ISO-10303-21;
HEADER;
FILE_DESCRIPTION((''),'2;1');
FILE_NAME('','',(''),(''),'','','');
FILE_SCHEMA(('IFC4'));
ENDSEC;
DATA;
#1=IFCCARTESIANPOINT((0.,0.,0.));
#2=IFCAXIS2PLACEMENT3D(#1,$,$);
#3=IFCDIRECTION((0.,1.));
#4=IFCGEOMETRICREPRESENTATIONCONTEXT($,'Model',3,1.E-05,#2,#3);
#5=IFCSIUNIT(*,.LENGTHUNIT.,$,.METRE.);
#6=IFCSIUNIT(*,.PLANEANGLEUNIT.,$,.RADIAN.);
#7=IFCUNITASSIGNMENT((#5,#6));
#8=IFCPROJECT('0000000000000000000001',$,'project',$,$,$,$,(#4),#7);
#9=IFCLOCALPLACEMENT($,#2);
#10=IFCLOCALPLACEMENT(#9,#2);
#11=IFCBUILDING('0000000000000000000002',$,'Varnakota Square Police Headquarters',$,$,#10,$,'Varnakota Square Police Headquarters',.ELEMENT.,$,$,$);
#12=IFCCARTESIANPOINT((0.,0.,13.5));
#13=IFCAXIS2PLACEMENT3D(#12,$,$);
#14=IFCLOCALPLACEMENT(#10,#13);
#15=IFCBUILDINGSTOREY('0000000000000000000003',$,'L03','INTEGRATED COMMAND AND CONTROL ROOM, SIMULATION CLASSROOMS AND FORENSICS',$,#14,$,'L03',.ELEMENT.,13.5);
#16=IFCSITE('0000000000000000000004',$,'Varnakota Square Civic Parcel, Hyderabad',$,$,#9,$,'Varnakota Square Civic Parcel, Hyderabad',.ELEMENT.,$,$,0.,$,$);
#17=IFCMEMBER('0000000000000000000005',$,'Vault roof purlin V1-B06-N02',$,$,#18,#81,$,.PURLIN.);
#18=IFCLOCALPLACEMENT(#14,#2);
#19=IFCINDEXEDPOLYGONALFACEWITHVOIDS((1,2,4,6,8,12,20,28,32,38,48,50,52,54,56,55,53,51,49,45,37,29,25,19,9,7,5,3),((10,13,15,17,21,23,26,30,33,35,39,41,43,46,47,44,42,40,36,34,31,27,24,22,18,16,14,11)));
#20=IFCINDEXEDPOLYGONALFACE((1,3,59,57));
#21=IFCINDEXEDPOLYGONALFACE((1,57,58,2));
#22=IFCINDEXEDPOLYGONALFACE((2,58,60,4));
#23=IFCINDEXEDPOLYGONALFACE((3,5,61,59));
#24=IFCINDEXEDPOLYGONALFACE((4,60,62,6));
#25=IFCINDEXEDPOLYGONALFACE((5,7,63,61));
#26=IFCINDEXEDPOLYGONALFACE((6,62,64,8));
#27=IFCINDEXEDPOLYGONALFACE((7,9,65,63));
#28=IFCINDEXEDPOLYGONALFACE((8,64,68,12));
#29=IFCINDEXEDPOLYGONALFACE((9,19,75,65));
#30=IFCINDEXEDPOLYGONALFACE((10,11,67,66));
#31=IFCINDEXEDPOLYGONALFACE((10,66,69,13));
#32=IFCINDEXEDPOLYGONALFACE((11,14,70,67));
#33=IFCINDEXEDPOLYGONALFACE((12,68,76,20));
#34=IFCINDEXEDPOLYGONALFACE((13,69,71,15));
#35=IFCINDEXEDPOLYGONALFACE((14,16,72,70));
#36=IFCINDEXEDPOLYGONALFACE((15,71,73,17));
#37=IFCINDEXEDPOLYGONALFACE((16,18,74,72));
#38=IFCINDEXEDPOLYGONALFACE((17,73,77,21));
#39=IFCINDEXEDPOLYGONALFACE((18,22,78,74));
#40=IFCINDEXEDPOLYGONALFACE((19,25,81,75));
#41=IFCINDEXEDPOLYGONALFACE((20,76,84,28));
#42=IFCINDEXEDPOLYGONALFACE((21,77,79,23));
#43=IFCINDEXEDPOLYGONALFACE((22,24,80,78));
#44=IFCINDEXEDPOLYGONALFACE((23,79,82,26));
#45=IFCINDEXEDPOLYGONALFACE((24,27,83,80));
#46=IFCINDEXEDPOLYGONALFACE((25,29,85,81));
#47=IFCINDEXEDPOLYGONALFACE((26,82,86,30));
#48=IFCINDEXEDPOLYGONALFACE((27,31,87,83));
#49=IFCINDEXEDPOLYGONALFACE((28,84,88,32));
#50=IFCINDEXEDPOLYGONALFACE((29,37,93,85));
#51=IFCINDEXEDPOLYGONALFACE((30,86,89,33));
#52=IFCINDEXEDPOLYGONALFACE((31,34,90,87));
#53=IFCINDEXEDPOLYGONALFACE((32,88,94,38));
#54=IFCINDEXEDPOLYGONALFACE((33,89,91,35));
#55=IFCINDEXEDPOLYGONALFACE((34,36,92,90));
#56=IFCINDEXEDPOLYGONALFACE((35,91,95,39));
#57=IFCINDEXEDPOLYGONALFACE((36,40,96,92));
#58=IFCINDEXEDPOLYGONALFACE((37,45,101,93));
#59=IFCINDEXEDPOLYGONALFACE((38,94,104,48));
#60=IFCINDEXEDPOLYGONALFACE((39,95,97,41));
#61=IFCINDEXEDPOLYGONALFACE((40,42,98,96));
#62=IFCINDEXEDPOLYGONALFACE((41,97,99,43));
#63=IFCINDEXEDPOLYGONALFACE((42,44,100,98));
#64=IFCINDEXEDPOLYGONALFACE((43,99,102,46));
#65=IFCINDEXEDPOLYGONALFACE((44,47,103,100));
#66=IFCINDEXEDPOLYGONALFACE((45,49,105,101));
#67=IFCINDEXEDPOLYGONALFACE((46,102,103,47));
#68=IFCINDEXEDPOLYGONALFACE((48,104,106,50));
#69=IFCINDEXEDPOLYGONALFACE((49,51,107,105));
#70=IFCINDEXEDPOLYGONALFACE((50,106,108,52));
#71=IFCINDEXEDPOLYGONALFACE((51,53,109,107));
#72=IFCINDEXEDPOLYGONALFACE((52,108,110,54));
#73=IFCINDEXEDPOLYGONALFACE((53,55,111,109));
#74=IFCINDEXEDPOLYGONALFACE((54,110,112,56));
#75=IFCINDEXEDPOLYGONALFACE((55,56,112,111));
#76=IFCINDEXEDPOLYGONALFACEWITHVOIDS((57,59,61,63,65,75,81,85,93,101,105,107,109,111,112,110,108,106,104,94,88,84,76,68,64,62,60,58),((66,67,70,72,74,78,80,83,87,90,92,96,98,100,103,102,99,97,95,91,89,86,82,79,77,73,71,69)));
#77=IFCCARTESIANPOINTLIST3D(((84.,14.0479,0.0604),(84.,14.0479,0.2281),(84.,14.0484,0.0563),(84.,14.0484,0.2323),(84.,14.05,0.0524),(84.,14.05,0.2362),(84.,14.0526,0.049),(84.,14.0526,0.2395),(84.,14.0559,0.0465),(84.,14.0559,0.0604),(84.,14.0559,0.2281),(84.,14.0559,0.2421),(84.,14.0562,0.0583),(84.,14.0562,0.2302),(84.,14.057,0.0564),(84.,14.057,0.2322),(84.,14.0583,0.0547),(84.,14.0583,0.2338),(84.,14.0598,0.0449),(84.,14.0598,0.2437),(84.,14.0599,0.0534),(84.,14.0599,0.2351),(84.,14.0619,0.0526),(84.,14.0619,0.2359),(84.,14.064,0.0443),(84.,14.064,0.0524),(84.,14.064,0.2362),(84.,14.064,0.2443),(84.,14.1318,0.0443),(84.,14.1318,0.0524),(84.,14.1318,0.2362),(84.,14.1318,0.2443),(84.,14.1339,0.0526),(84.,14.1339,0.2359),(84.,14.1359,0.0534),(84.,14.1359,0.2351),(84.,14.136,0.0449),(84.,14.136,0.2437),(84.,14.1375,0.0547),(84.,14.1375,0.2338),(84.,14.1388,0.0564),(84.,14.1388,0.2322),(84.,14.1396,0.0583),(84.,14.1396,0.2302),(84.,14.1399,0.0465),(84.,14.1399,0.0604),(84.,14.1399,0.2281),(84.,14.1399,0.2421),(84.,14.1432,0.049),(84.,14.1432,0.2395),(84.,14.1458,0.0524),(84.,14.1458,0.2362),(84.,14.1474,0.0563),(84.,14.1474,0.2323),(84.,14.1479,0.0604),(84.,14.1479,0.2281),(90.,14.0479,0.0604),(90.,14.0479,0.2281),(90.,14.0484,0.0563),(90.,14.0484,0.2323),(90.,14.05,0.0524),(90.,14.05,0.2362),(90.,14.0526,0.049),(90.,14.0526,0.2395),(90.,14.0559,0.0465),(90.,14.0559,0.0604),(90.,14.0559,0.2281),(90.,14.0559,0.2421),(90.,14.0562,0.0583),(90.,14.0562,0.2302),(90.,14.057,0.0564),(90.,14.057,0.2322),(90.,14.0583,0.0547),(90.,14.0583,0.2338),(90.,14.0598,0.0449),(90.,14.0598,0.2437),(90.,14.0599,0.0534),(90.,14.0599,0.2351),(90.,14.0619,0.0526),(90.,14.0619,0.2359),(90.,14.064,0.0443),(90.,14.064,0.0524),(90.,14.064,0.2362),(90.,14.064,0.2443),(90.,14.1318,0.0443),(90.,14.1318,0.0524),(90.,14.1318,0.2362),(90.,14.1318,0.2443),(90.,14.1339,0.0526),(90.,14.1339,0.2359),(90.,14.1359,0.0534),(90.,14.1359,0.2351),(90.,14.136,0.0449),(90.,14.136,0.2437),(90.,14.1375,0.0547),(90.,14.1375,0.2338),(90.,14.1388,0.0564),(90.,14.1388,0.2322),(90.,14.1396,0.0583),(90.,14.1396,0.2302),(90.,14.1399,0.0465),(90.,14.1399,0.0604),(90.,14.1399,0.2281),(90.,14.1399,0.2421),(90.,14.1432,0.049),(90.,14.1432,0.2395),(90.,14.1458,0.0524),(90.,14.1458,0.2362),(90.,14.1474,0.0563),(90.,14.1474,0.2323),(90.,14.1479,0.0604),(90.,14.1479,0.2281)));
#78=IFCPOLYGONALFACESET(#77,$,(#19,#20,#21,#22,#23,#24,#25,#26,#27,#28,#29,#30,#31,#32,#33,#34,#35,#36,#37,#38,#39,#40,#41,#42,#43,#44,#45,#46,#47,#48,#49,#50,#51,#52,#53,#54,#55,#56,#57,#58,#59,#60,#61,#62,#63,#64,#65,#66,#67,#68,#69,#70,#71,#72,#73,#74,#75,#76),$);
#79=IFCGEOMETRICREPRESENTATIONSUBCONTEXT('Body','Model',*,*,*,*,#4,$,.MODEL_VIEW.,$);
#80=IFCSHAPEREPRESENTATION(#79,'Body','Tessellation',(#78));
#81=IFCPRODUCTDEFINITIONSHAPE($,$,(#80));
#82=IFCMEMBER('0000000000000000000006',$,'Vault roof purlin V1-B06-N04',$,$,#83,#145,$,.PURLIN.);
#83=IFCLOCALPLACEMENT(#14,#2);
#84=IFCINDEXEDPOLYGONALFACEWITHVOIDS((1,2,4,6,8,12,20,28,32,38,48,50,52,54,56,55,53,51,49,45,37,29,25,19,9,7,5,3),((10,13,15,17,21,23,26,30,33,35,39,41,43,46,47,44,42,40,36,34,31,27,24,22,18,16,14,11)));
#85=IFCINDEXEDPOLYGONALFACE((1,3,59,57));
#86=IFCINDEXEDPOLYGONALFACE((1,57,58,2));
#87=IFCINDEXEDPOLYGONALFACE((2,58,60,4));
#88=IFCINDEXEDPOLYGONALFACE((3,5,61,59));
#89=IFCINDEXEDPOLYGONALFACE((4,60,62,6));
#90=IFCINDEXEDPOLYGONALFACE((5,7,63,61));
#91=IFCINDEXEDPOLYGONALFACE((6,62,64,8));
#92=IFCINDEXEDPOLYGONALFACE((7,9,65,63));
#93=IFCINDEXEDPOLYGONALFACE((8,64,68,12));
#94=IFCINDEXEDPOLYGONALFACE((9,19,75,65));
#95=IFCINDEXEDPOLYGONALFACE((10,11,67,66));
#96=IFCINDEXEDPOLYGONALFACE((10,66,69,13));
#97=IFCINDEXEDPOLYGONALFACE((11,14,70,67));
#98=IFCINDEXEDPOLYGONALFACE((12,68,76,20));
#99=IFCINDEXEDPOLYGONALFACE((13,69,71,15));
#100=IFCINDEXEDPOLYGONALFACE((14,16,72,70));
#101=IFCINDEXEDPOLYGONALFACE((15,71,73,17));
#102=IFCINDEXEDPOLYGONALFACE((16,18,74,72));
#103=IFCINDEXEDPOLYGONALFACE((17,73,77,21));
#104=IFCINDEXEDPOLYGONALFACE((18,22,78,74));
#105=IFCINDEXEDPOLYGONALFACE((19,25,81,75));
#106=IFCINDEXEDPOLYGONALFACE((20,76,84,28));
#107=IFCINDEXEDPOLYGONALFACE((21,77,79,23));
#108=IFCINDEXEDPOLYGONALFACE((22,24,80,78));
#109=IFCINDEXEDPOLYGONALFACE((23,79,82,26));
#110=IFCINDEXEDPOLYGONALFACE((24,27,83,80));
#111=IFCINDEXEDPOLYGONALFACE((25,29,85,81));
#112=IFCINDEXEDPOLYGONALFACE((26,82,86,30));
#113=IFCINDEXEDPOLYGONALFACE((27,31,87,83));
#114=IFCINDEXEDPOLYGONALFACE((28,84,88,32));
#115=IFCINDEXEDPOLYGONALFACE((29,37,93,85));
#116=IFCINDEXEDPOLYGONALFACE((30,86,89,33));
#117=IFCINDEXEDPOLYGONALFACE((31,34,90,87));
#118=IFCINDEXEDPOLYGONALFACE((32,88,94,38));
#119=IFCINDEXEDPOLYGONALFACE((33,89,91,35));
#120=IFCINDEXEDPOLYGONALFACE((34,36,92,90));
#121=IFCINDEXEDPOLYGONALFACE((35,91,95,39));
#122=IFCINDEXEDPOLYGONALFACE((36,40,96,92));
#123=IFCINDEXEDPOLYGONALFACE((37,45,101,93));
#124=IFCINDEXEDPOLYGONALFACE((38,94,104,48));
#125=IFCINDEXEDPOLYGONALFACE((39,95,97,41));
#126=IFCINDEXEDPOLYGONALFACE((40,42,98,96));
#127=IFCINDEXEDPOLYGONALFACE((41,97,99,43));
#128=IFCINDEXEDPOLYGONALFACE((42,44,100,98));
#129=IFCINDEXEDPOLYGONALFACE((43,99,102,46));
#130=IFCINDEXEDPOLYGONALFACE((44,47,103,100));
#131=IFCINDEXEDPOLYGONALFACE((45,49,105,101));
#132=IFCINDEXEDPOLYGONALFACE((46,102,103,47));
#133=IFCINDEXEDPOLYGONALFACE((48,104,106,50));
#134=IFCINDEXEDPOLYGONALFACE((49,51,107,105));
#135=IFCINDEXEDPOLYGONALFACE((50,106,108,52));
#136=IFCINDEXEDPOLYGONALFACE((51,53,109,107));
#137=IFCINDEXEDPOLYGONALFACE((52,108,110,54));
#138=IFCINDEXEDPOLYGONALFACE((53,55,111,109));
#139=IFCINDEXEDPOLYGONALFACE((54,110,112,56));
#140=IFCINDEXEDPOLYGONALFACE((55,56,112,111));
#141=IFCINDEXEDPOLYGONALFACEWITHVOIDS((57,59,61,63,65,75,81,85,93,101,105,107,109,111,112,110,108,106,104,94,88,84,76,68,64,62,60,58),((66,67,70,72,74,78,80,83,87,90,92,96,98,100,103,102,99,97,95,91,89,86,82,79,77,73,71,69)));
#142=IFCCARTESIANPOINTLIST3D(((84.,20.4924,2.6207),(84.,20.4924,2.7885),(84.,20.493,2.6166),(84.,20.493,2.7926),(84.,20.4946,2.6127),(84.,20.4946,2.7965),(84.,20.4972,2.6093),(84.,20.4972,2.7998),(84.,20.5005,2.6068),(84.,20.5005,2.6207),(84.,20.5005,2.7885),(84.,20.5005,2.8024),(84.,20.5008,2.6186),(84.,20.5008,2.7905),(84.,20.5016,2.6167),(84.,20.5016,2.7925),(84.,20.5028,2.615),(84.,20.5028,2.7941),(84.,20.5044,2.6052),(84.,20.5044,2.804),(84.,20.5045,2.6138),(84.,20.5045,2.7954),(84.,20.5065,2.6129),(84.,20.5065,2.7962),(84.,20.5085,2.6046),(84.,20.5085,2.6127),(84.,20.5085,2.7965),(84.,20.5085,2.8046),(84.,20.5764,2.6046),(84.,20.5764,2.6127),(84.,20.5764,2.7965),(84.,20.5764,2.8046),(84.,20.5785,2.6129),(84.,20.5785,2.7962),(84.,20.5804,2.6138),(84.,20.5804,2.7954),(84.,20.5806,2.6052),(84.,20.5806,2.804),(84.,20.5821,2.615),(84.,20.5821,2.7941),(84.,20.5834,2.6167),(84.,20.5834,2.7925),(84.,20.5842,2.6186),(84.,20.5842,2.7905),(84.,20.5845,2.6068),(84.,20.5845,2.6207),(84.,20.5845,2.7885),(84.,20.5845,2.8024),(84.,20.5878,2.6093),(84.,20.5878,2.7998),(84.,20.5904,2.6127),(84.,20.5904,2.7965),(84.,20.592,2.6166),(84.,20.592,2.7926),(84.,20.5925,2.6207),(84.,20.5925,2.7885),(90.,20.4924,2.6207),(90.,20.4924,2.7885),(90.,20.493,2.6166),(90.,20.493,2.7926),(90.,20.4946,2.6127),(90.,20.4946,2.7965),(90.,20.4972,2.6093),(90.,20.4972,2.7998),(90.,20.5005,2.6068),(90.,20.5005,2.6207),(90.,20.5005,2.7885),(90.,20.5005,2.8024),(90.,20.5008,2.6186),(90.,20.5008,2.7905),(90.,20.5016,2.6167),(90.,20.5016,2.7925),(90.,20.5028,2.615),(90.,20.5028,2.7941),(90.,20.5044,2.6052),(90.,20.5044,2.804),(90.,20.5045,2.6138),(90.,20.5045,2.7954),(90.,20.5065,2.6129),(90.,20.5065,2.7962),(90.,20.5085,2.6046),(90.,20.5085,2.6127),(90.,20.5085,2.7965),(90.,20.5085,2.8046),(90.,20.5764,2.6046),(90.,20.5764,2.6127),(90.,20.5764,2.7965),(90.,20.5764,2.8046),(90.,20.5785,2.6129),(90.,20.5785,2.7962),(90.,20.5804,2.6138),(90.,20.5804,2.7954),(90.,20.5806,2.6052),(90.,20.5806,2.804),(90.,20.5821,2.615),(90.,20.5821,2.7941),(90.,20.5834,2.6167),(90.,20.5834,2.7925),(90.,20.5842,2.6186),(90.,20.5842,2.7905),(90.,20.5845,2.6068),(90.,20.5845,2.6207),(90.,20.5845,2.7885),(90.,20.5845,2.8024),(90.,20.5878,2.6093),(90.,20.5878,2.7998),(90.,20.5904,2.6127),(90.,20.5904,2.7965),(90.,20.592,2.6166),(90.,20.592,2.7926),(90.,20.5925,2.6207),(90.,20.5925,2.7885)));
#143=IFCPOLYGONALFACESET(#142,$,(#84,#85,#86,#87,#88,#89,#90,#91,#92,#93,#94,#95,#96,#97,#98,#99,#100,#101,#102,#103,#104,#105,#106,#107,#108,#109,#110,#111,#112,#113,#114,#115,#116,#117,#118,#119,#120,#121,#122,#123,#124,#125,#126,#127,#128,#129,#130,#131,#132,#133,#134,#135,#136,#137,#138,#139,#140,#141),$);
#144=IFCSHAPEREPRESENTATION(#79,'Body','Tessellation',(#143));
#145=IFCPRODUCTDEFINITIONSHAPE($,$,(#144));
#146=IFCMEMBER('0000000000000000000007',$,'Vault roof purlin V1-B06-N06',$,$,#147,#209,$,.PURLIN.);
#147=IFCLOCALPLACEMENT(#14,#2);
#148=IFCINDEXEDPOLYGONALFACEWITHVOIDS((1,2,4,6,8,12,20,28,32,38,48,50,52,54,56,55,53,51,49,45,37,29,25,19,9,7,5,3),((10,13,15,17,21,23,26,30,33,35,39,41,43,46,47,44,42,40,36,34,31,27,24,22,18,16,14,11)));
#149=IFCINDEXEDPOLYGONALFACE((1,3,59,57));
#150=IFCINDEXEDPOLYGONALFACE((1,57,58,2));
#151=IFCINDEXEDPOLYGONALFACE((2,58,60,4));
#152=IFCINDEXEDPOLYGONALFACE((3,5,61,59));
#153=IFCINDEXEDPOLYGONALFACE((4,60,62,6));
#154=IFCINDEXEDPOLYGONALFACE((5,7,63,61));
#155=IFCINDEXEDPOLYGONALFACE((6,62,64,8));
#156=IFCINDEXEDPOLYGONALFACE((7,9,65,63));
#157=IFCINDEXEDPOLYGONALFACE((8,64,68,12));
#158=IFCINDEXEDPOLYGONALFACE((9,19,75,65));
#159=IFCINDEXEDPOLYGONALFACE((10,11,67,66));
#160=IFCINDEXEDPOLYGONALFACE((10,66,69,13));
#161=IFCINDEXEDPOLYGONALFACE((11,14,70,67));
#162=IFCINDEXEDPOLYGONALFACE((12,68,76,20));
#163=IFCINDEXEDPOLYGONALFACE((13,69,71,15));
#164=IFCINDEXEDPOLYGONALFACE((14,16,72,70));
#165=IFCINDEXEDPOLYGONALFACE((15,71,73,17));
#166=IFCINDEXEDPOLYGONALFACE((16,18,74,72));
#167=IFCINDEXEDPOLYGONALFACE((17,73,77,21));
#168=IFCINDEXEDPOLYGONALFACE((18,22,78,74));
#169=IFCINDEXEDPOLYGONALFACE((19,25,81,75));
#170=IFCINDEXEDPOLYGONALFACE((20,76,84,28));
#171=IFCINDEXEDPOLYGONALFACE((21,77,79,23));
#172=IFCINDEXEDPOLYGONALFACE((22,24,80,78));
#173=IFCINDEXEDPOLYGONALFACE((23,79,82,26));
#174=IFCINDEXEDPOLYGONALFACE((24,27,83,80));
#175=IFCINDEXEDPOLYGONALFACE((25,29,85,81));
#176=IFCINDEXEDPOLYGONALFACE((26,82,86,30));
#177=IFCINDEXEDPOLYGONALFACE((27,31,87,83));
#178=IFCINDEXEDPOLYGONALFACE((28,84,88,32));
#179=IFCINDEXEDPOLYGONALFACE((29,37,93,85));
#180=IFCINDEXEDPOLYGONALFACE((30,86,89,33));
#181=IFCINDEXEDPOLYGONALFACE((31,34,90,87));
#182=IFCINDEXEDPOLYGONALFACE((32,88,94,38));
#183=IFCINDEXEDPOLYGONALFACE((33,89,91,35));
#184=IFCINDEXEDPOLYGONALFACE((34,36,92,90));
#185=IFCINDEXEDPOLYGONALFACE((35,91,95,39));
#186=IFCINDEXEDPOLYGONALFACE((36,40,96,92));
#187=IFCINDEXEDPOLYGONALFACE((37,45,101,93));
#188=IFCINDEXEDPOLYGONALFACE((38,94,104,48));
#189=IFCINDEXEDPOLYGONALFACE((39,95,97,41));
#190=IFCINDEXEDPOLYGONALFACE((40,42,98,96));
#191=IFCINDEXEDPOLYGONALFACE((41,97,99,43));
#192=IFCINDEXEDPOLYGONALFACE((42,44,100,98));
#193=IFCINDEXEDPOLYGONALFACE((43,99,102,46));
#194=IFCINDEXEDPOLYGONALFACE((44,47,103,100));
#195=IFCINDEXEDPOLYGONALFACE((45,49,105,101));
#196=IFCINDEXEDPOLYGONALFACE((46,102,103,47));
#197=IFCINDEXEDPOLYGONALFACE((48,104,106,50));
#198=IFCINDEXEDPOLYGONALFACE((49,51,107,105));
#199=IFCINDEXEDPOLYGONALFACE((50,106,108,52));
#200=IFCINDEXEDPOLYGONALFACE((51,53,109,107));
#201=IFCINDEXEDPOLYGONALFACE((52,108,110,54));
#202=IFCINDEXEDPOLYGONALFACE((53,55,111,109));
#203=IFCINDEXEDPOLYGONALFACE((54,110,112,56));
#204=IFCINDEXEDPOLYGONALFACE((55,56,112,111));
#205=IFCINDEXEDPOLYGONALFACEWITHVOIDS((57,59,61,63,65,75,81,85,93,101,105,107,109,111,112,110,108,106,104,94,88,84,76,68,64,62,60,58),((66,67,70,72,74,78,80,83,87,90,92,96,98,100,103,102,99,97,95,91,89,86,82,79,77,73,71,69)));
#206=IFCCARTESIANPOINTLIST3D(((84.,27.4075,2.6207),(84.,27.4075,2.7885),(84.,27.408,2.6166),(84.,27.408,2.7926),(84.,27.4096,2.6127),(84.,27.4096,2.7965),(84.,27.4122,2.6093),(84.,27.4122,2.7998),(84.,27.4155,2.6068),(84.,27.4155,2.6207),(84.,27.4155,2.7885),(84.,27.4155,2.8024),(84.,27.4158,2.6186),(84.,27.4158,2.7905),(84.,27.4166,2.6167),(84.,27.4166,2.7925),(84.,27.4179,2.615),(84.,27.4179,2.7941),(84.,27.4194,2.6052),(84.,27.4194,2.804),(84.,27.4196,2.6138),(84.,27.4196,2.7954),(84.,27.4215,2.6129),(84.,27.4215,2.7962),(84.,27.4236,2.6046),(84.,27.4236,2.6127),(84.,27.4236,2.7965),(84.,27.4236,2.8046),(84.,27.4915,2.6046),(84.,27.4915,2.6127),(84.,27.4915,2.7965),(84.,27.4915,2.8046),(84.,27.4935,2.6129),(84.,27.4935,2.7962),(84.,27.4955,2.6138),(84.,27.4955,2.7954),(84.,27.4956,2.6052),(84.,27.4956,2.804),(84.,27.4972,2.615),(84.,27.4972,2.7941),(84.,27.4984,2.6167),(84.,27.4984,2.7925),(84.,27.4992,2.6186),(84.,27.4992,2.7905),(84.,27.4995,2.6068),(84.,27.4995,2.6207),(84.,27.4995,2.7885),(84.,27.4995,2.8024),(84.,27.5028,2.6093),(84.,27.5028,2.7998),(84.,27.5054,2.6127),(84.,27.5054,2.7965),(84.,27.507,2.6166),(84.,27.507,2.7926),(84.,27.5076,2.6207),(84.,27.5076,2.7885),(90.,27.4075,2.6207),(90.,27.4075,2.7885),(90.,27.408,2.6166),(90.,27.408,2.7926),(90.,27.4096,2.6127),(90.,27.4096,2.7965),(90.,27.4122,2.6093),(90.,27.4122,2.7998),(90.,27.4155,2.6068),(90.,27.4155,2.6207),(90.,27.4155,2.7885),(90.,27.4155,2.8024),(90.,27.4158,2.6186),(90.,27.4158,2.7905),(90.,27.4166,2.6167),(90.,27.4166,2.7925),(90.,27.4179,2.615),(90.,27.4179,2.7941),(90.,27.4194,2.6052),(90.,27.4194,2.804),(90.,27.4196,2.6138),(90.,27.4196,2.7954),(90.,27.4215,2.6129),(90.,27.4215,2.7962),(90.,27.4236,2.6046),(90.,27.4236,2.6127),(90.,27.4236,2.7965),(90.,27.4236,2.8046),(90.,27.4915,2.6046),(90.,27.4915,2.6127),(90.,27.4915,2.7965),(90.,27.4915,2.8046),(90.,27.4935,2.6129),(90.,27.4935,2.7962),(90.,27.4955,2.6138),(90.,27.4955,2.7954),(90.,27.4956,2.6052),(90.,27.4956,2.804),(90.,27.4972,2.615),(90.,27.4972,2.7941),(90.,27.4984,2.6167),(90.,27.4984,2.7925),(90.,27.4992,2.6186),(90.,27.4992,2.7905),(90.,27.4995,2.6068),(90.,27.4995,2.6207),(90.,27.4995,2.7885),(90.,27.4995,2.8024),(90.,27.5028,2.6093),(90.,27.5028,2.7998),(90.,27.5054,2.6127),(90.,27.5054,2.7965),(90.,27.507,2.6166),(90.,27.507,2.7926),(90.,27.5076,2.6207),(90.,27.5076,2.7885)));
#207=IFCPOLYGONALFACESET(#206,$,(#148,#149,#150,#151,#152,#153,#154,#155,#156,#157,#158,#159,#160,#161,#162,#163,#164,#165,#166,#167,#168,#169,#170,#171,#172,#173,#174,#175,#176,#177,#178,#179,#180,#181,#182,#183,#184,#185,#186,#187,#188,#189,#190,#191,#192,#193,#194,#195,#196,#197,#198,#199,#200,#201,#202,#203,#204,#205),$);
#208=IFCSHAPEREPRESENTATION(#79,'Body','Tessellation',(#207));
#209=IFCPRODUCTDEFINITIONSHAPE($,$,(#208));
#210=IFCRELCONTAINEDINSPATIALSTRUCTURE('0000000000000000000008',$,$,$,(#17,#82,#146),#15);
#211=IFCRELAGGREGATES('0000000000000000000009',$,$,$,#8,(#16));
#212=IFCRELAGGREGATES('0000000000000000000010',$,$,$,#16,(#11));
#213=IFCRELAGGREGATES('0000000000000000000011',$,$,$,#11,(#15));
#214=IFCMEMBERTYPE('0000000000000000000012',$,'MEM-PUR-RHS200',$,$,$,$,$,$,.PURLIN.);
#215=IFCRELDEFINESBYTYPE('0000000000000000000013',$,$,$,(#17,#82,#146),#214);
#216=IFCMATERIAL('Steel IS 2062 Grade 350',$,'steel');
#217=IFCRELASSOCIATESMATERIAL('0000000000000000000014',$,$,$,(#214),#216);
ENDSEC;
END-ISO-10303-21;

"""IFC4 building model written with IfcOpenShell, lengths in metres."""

from ifc_helpers import new_model, si_unit, direction, frame, origin, origin_2d, place, context, subcontext, project, spatial, hollow_rectangle, extrude, material, material_profile, profile_set, type_object, element, save


model = new_model("IFC4")

# Units and contexts
model_context = context("Model", 3, precision=1e-05, world=origin(), true_north=direction((0.0, 1.0)))
body_context = subcontext(model_context, "Body", "Model", "MODEL_VIEW")
ifc_project = project(units=[si_unit("LENGTHUNIT", "METRE"), si_unit("PLANEANGLEUNIT", "RADIAN")], contexts=[model_context])

# Site, building, storey
site_placement = place(None, origin())
site = spatial("IfcSite", under=ifc_project, at=site_placement, Name="Varnakota Square Civic Parcel, Hyderabad", LongName="Varnakota Square Civic Parcel, Hyderabad", CompositionType="ELEMENT", RefElevation=0.0)
building_placement = place(site_placement, origin())
building = spatial("IfcBuilding", under=site, at=building_placement, Name="Varnakota Square Police Headquarters", LongName="Varnakota Square Police Headquarters", CompositionType="ELEMENT")
storey_placement = place(building_placement, frame((0.0, 0.0, 13.5)))
storey = spatial("IfcBuildingStorey", under=building, at=storey_placement, Name="L03", Description="INTEGRATED COMMAND AND CONTROL ROOM, SIMULATION CLASSROOMS AND FORENSICS", LongName="L03", CompositionType="ELEMENT", Elevation=13.5)

# Shared definitions
ifc_material_1 = material(Name="Steel IS 2062 Grade 350", Category="steel")

# Members
ifc_material_profile_1 = material_profile(ifc_material_1, hollow_rectangle(XDim=0.1001, YDim=0.2, WallThickness=0.0081, InnerFilletRadius=0.0081, OuterFilletRadius=0.0161, at=origin_2d()), Name="RHS 200x100x8")
ifc_profile_set_1 = profile_set([ifc_material_profile_1], Name="Steel IS 2062 Grade 350")
member_type_1 = type_object("IfcMemberType", Name="MEM-PUR-RHS200", PredefinedType="PURLIN", material=ifc_profile_set_1)
for number, where, z_axis, x_axis, name in (
    (1, (84.0, 14.0979, 0.1443), (1.0, 0.0, 0.0), (0.0, 1.0, 0.0), "Vault roof purlin V1-B06-N02"),
    (2, (84.0, 20.5425, 2.7046), (1.0, 0.0, 0.0), (0.0, 1.0, 0.0), "Vault roof purlin V1-B06-N04"),
    (3, (84.0, 27.4575, 2.7046), (1.0, 0.0, 0.0), (0.0, 1.0, 0.0), "Vault roof purlin V1-B06-N06"),
):
    element("IfcMember", number, at=place(storey_placement, frame(where, z_axis=z_axis, x_axis=x_axis)), inside=storey, type_object=member_type_1, Name=name, PredefinedType="PURLIN", context=body_context, shape_type="SweptSolid", body=[
        extrude(hollow_rectangle(XDim=0.1001, YDim=0.2, WallThickness=0.0081, InnerFilletRadius=0.0081, OuterFilletRadius=0.0161, at=origin_2d()), origin(), (0.0, 0.0, 1.0), 6.0),
    ])

save(model, "model.ifc")
